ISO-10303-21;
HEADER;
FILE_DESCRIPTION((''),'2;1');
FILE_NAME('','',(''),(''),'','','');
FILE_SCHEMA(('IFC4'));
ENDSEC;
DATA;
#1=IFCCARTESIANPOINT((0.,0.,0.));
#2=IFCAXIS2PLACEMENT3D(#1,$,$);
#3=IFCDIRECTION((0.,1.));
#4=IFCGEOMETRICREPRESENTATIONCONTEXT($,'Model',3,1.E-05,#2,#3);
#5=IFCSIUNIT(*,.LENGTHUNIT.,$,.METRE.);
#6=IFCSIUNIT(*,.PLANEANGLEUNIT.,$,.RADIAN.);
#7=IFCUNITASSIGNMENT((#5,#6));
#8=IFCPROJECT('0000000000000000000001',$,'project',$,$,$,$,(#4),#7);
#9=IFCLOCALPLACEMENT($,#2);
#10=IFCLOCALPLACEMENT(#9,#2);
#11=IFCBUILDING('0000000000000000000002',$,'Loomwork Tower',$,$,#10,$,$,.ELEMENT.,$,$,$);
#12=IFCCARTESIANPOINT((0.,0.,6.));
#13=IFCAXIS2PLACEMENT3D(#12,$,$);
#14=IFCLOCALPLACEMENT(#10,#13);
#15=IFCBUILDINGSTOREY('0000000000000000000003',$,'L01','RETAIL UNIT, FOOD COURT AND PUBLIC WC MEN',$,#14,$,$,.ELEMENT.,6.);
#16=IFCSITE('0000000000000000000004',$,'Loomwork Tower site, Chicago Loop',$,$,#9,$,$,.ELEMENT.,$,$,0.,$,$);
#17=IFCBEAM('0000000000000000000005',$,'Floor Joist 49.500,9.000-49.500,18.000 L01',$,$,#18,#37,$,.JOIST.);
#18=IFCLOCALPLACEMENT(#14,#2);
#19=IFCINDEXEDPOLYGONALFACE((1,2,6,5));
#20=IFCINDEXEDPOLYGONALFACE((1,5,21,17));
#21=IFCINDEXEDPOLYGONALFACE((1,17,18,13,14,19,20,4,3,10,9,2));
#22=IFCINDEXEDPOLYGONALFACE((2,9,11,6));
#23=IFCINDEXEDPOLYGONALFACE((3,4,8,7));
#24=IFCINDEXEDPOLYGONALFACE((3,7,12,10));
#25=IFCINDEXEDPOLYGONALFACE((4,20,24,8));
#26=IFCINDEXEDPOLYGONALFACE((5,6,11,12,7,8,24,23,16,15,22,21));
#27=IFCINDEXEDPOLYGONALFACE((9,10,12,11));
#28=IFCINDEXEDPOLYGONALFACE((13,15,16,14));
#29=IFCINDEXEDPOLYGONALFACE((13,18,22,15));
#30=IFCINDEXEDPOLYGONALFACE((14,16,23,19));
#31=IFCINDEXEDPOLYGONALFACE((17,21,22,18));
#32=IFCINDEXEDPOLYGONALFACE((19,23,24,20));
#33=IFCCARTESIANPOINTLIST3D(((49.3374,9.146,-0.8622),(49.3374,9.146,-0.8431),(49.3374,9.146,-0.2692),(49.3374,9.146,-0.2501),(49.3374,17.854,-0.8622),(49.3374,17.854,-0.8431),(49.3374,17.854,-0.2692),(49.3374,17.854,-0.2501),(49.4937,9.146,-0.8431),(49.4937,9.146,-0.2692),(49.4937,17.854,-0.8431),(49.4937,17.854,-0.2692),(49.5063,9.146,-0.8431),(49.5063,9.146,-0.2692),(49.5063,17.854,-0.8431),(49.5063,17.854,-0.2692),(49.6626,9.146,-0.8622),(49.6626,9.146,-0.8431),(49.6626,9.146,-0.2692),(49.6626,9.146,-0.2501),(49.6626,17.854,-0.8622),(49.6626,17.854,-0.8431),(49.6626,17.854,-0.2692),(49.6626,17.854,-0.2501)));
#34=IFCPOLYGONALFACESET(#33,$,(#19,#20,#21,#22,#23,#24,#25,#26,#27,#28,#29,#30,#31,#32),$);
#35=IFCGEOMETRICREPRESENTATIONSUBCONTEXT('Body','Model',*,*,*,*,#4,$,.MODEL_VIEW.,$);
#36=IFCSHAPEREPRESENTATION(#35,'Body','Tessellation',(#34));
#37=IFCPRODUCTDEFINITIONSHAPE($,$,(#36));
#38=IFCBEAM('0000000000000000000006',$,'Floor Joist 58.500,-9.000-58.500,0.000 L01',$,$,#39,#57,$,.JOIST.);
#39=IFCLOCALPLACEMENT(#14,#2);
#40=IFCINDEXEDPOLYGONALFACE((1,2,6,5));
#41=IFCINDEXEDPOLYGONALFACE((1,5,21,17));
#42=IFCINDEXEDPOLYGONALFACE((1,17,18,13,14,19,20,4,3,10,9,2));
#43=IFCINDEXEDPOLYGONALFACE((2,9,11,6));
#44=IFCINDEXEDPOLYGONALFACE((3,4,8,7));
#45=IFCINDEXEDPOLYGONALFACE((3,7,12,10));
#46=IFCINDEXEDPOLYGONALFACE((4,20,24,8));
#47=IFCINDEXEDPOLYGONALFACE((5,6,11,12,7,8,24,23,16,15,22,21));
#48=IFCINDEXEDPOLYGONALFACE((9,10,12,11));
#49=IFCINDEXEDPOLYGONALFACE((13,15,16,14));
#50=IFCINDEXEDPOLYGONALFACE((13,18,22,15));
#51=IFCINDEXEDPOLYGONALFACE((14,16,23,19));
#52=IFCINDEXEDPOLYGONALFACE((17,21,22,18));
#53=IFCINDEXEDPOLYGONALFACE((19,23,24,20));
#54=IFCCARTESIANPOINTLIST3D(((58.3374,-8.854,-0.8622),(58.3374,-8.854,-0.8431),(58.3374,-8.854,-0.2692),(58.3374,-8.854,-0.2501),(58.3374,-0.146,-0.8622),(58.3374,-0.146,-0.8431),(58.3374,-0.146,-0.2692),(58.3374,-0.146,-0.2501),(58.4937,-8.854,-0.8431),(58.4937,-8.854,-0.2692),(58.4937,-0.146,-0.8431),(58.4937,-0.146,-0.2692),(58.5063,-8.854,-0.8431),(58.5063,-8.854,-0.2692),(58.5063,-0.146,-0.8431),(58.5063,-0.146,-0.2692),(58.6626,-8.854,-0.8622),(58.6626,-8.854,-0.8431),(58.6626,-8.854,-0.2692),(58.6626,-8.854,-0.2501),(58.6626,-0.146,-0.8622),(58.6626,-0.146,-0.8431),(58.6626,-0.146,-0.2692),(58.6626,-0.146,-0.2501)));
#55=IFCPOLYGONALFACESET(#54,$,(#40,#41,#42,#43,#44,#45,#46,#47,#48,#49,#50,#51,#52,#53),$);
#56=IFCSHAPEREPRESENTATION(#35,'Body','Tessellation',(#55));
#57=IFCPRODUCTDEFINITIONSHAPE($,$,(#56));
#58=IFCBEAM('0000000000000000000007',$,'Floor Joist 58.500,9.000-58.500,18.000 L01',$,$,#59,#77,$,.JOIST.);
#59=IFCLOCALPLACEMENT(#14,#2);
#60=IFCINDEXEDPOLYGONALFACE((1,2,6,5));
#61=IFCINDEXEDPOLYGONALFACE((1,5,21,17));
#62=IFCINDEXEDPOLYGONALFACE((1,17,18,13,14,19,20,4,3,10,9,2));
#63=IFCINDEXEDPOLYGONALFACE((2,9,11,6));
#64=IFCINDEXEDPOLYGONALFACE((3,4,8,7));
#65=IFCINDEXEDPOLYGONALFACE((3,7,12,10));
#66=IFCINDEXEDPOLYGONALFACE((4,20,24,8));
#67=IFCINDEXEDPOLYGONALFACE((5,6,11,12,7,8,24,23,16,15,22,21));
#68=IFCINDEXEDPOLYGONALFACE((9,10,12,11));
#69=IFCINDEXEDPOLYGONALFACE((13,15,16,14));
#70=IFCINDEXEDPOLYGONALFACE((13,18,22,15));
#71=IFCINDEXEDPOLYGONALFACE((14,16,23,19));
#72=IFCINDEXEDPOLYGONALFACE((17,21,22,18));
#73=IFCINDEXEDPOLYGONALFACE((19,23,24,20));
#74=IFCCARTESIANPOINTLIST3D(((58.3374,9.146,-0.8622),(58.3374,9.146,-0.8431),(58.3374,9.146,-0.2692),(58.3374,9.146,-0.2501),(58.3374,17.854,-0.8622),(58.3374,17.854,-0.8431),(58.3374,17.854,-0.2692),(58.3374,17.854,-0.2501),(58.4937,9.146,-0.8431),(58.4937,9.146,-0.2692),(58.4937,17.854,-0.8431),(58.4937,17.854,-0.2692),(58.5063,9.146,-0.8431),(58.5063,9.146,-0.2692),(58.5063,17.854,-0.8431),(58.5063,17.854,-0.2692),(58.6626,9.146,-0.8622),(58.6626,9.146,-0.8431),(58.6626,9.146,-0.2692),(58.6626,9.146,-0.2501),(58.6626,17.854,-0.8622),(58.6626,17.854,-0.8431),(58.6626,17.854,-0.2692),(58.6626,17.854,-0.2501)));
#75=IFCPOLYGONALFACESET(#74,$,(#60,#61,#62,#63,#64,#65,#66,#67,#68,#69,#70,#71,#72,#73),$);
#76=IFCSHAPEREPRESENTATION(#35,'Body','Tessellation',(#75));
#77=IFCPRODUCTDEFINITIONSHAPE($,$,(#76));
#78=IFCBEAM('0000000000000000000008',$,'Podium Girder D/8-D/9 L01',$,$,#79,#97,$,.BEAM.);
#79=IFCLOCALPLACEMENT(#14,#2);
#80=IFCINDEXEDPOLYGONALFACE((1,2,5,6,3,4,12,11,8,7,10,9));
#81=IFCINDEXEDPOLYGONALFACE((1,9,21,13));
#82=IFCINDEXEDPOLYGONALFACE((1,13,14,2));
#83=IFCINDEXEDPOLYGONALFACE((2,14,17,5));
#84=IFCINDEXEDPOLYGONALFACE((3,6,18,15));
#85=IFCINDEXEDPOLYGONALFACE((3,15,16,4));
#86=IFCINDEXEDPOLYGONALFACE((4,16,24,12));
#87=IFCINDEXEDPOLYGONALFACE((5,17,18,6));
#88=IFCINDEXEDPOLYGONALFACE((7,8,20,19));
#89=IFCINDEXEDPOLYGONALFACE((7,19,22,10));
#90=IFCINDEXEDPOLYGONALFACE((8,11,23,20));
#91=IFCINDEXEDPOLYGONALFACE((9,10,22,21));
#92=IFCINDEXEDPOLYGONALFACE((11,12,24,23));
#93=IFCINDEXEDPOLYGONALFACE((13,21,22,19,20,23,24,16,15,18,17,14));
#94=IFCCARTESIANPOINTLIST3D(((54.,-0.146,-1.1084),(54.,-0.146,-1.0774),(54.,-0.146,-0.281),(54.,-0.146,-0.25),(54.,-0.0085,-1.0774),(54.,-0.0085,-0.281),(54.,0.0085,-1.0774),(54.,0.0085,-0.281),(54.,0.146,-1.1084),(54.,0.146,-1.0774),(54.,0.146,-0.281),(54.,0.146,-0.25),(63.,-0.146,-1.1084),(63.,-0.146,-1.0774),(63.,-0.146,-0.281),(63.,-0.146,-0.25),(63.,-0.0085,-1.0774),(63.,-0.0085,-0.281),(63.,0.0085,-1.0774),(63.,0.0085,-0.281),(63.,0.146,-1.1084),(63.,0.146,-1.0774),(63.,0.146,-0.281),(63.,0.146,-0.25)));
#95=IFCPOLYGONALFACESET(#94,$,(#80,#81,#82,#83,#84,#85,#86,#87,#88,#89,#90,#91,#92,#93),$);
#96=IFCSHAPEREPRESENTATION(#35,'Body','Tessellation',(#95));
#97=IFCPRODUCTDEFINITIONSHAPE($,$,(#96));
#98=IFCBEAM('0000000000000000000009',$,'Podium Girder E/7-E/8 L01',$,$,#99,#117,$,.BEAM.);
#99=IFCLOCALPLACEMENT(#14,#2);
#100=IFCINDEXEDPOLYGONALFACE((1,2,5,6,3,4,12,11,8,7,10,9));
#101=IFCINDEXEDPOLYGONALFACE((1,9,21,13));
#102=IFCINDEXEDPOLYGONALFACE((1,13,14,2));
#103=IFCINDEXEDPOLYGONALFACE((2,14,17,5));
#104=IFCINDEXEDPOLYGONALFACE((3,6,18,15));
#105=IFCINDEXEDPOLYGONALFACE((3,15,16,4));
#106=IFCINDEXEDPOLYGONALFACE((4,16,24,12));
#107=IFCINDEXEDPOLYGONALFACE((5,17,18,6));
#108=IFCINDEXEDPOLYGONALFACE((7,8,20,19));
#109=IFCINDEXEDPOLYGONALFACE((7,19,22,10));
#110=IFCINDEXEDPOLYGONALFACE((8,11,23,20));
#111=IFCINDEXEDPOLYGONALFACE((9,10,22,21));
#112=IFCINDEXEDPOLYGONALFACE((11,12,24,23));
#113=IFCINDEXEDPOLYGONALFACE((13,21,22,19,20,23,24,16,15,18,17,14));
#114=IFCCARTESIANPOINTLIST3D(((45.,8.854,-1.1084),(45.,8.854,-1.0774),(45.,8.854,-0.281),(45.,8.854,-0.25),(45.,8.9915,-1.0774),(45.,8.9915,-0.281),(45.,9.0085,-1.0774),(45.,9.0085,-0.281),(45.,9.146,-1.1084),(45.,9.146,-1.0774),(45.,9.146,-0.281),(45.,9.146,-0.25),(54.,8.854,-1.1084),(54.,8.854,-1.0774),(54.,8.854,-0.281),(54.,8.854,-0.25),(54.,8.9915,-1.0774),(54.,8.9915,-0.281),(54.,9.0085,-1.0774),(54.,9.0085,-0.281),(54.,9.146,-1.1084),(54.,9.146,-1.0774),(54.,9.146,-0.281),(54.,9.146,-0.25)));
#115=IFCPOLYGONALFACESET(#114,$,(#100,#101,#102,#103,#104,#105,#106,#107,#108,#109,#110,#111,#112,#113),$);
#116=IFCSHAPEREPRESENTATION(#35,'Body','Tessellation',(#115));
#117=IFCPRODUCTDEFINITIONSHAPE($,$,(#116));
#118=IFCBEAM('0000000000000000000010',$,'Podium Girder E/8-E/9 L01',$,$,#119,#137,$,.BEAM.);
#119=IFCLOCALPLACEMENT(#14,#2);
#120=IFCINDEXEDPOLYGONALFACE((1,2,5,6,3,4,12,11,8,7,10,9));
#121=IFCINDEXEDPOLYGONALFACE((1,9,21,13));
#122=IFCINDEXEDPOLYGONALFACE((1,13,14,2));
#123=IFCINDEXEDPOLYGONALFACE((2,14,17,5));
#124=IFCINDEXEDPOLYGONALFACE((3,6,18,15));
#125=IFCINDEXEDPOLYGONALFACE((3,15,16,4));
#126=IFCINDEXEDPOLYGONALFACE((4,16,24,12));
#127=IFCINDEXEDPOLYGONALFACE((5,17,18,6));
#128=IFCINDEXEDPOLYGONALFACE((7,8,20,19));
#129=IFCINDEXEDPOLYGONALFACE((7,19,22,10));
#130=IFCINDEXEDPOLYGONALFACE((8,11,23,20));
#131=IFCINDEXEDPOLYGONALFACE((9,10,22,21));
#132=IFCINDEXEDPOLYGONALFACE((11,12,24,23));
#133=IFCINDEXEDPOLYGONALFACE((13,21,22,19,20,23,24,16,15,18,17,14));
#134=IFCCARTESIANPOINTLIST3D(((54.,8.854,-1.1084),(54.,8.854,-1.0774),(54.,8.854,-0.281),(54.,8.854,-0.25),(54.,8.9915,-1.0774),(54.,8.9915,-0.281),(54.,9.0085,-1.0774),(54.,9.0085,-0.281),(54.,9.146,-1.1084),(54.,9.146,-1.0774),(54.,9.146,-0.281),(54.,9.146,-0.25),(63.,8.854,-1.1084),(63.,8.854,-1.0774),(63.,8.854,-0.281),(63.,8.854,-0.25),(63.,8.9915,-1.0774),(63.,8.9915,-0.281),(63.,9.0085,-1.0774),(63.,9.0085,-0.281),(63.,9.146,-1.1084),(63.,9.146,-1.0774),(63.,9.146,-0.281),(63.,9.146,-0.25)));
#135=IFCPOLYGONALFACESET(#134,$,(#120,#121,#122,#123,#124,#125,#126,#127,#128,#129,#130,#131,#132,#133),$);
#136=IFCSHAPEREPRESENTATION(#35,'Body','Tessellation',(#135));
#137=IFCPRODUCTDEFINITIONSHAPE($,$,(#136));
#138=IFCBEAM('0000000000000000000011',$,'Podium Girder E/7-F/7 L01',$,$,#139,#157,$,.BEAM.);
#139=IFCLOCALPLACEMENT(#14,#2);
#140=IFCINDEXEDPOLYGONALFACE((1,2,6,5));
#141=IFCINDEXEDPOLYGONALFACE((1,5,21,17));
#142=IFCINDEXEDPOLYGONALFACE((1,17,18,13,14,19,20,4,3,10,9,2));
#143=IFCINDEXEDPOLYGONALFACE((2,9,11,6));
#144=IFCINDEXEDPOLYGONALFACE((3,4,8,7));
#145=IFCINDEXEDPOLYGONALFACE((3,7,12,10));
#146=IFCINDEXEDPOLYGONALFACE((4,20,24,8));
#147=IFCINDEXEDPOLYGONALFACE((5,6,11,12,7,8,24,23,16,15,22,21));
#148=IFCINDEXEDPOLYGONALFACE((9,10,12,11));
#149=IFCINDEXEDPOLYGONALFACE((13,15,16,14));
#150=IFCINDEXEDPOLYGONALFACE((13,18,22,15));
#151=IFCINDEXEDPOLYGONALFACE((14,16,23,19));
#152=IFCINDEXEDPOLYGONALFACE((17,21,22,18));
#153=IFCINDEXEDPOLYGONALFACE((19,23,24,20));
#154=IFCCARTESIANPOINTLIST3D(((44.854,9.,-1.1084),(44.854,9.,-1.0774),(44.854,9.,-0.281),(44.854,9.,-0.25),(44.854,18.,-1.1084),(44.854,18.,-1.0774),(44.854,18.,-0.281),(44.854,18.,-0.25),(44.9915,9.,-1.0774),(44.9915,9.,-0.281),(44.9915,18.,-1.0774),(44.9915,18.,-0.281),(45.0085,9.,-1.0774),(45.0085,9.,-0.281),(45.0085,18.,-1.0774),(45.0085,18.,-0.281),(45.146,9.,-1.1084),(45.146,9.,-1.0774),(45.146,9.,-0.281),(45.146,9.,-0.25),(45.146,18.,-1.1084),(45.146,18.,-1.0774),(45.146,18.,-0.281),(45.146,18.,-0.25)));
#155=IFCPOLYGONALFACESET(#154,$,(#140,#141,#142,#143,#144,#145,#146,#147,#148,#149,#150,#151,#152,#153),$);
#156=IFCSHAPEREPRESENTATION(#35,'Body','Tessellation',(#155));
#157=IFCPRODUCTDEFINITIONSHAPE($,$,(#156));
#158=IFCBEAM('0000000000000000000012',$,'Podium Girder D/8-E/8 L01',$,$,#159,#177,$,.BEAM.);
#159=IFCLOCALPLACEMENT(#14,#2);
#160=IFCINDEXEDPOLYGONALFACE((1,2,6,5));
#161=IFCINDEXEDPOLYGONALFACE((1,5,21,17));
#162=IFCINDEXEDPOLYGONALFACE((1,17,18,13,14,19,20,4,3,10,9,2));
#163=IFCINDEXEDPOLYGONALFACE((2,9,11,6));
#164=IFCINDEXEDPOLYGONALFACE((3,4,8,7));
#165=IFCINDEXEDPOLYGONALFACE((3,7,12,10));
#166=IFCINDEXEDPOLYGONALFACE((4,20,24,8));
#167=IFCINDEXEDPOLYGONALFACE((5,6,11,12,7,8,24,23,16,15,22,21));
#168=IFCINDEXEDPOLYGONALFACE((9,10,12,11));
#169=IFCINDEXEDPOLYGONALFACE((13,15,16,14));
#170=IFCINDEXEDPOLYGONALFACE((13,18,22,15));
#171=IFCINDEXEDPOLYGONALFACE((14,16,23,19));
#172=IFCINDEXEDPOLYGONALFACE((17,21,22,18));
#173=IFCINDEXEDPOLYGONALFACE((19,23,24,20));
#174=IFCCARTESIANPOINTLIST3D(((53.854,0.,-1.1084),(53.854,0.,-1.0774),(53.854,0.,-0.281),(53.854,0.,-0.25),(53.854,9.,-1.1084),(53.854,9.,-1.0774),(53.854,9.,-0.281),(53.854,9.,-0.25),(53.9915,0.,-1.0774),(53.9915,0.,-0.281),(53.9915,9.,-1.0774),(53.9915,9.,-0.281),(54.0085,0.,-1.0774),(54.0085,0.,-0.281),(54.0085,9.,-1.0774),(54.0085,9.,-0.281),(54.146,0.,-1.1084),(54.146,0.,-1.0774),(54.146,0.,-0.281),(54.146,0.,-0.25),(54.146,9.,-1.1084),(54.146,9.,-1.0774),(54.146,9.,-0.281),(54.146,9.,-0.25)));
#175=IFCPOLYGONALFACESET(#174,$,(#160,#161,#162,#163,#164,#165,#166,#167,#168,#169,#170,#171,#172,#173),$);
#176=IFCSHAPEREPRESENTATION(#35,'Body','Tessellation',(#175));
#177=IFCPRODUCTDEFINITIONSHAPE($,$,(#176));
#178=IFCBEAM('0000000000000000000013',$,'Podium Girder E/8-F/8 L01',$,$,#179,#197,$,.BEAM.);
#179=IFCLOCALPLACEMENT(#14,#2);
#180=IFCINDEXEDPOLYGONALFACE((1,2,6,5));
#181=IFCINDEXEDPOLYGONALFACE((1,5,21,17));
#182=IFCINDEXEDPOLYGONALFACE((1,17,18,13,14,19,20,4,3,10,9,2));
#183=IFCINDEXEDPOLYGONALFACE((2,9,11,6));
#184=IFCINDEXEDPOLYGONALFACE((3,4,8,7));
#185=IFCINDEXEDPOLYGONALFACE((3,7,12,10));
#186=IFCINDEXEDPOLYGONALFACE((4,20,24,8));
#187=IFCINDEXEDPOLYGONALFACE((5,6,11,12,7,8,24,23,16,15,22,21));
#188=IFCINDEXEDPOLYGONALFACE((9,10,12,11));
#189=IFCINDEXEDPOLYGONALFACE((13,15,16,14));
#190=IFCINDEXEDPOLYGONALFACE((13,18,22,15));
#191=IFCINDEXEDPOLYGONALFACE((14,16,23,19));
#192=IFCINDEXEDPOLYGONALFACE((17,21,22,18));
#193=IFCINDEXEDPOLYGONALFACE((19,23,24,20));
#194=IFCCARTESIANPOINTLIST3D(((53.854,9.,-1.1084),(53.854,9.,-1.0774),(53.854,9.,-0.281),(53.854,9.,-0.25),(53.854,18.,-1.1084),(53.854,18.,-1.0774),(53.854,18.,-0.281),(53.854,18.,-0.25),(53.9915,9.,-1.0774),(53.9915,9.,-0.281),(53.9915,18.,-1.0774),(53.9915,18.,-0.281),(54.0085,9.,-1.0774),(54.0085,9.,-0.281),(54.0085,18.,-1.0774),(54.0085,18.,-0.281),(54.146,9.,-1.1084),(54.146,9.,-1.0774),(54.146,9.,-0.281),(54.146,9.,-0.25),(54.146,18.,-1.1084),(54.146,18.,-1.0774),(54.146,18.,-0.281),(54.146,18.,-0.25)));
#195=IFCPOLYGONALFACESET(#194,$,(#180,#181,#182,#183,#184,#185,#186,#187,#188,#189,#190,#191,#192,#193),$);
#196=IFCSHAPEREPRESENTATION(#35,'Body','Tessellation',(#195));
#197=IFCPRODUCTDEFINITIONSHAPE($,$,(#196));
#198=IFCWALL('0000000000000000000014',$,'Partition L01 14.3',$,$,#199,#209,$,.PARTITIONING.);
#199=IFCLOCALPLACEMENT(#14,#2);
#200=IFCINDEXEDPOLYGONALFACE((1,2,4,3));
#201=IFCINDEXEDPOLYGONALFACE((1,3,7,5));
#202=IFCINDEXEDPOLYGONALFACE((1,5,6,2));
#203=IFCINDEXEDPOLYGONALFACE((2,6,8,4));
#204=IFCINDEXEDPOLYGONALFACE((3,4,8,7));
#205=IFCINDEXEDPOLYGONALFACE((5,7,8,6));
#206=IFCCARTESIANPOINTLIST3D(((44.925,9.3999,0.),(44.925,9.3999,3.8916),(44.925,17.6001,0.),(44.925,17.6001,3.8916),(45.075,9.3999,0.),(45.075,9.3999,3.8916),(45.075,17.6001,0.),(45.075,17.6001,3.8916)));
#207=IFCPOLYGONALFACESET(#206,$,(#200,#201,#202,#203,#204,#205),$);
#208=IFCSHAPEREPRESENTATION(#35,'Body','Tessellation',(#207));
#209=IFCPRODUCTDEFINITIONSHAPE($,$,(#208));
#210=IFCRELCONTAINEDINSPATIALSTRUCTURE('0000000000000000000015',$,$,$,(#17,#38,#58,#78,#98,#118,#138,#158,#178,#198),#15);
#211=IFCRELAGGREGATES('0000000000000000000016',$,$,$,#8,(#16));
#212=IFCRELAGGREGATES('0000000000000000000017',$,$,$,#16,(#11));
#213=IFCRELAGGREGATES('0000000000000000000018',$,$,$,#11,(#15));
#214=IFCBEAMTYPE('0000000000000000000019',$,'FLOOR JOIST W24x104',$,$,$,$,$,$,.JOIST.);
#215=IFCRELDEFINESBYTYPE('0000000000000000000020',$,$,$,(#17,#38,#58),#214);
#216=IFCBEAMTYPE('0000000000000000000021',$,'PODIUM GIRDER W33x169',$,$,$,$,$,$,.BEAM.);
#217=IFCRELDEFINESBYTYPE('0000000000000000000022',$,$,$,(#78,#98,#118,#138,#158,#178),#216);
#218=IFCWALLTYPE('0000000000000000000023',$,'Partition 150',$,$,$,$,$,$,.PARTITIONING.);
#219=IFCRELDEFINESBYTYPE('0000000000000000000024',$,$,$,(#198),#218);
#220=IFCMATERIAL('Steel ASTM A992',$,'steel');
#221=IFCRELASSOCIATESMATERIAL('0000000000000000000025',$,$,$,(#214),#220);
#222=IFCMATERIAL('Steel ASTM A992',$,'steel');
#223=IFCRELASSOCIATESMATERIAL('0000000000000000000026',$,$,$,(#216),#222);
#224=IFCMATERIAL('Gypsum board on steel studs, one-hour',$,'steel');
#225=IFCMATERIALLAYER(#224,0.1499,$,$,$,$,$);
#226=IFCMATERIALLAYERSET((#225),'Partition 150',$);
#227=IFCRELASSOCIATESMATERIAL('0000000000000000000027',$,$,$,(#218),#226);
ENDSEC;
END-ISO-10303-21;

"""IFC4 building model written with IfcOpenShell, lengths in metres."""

from ifc_helpers import new_model, si_unit, direction, frame, frame_2d, origin, origin_2d, place, context, subcontext, project, spatial, rectangle, i_section, extrude, material, layer, layer_set, material_profile, profile_set, type_object, element, save


model = new_model("IFC4")

# Units and contexts
model_context = context("Model", 3, precision=1e-05, world=origin(), true_north=direction((0.0, 1.0)))
body_context = subcontext(model_context, "Body", "Model", "MODEL_VIEW")
ifc_project = project(units=[si_unit("LENGTHUNIT", "METRE"), si_unit("PLANEANGLEUNIT", "RADIAN")], contexts=[model_context])

# Site, building, storey
site_placement = place(None, origin())
site = spatial("IfcSite", under=ifc_project, at=site_placement, Name="Loomwork Tower site, Chicago Loop", CompositionType="ELEMENT", RefElevation=0.0)
building_placement = place(site_placement, origin())
building = spatial("IfcBuilding", under=site, at=building_placement, Name="Loomwork Tower", CompositionType="ELEMENT")
storey_placement = place(building_placement, frame((0.0, 0.0, 6.0)))
storey = spatial("IfcBuildingStorey", under=building, at=storey_placement, Name="L01", Description="RETAIL UNIT, FOOD COURT AND PUBLIC WC MEN", CompositionType="ELEMENT", Elevation=6.0)

# Beams
ifc_material_1 = material(Name="Steel ASTM A992", Category="steel")
ifc_material_profile_1 = material_profile(ifc_material_1, i_section(OverallWidth=0.3252, OverallDepth=0.6121, WebThickness=0.0127, FlangeThickness=0.019, at=origin_2d()), Name="W24x104")
ifc_profile_set_1 = profile_set([ifc_material_profile_1], Name="Steel ASTM A992")
beam_type_1 = type_object("IfcBeamType", Name="FLOOR JOIST W24x104", PredefinedType="JOIST", material=ifc_profile_set_1)
for number, where, z_axis, x_axis, name in (
    (1, (49.5, 9.146, -0.5562), (0.0, 1.0, 0.0), (-1.0, 0.0, 0.0), "Floor Joist 49.500,9.000-49.500,18.000 L01"),
    (2, (58.5, -8.854, -0.5562), (0.0, 1.0, 0.0), (-1.0, 0.0, 0.0), "Floor Joist 58.500,-9.000-58.500,0.000 L01"),
    (3, (58.5, 9.146, -0.5562), (0.0, 1.0, 0.0), (-1.0, 0.0, 0.0), "Floor Joist 58.500,9.000-58.500,18.000 L01"),
):
    element("IfcBeam", number, at=place(storey_placement, frame(where, z_axis=z_axis, x_axis=x_axis)), inside=storey, type_object=beam_type_1, Name=name, PredefinedType="JOIST", context=body_context, shape_type="SweptSolid", body=[
        extrude(i_section(OverallWidth=0.3252, OverallDepth=0.6121, WebThickness=0.0127, FlangeThickness=0.019, at=origin_2d()), origin(), (0.0, 0.0, 1.0), 8.708),
    ])
ifc_material_2 = material(Name="Steel ASTM A992", Category="steel")
ifc_material_profile_2 = material_profile(ifc_material_2, i_section(OverallWidth=0.292, OverallDepth=0.8584, WebThickness=0.0171, FlangeThickness=0.031, at=origin_2d()), Name="W33x169")
ifc_profile_set_2 = profile_set([ifc_material_profile_2], Name="Steel ASTM A992")
beam_type_2 = type_object("IfcBeamType", Name="PODIUM GIRDER W33x169", PredefinedType="BEAM", material=ifc_profile_set_2)
for number, where, z_axis, x_axis, name in (
    (4, (54.0, 0.0, -0.6792), (1.0, 0.0, 0.0), (0.0, 1.0, 0.0), "Podium Girder D/8-D/9 L01"),
    (5, (45.0, 9.0, -0.6792), (1.0, 0.0, 0.0), (0.0, 1.0, 0.0), "Podium Girder E/7-E/8 L01"),
    (6, (54.0, 9.0, -0.6792), (1.0, 0.0, 0.0), (0.0, 1.0, 0.0), "Podium Girder E/8-E/9 L01"),
    (7, (45.0, 9.0, -0.6792), (0.0, 1.0, 0.0), (-1.0, 0.0, 0.0), "Podium Girder E/7-F/7 L01"),
    (8, (54.0, 0.0, -0.6792), (0.0, 1.0, 0.0), (-1.0, 0.0, 0.0), "Podium Girder D/8-E/8 L01"),
    (9, (54.0, 9.0, -0.6792), (0.0, 1.0, 0.0), (-1.0, 0.0, 0.0), "Podium Girder E/8-F/8 L01"),
):
    element("IfcBeam", number, at=place(storey_placement, frame(where, z_axis=z_axis, x_axis=x_axis)), inside=storey, type_object=beam_type_2, Name=name, PredefinedType="BEAM", context=body_context, shape_type="SweptSolid", body=[
        extrude(i_section(OverallWidth=0.292, OverallDepth=0.8584, WebThickness=0.0171, FlangeThickness=0.031, at=origin_2d()), origin(), (0.0, 0.0, 1.0), 9.0),
    ])

# Wall
ifc_material_3 = material(Name="Gypsum board on steel studs, one-hour", Category="steel")
ifc_layer_1 = layer(ifc_material_3, 0.1499)
ifc_layer_set_1 = layer_set([ifc_layer_1], Name="Partition 150")
wall_type_1 = type_object("IfcWallType", Name="Partition 150", PredefinedType="PARTITIONING", material=ifc_layer_set_1)
wall_1_placement = place(storey_placement, frame((45.0, 9.3999, 0.0), z_axis=(0.0, 0.0, 1.0), x_axis=(0.0, 1.0, 0.0)))
element("IfcWall", 10, at=wall_1_placement, inside=storey, type_object=wall_type_1, Name="Partition L01 14.3", PredefinedType="PARTITIONING", context=body_context, shape_type="SweptSolid", body=[
    extrude(rectangle(XDim=8.2002, YDim=0.1499, at=frame_2d((4.1001, 0.0))), origin(), (0.0, 0.0, 1.0), 3.8916),
])

save(model, "model.ifc")
